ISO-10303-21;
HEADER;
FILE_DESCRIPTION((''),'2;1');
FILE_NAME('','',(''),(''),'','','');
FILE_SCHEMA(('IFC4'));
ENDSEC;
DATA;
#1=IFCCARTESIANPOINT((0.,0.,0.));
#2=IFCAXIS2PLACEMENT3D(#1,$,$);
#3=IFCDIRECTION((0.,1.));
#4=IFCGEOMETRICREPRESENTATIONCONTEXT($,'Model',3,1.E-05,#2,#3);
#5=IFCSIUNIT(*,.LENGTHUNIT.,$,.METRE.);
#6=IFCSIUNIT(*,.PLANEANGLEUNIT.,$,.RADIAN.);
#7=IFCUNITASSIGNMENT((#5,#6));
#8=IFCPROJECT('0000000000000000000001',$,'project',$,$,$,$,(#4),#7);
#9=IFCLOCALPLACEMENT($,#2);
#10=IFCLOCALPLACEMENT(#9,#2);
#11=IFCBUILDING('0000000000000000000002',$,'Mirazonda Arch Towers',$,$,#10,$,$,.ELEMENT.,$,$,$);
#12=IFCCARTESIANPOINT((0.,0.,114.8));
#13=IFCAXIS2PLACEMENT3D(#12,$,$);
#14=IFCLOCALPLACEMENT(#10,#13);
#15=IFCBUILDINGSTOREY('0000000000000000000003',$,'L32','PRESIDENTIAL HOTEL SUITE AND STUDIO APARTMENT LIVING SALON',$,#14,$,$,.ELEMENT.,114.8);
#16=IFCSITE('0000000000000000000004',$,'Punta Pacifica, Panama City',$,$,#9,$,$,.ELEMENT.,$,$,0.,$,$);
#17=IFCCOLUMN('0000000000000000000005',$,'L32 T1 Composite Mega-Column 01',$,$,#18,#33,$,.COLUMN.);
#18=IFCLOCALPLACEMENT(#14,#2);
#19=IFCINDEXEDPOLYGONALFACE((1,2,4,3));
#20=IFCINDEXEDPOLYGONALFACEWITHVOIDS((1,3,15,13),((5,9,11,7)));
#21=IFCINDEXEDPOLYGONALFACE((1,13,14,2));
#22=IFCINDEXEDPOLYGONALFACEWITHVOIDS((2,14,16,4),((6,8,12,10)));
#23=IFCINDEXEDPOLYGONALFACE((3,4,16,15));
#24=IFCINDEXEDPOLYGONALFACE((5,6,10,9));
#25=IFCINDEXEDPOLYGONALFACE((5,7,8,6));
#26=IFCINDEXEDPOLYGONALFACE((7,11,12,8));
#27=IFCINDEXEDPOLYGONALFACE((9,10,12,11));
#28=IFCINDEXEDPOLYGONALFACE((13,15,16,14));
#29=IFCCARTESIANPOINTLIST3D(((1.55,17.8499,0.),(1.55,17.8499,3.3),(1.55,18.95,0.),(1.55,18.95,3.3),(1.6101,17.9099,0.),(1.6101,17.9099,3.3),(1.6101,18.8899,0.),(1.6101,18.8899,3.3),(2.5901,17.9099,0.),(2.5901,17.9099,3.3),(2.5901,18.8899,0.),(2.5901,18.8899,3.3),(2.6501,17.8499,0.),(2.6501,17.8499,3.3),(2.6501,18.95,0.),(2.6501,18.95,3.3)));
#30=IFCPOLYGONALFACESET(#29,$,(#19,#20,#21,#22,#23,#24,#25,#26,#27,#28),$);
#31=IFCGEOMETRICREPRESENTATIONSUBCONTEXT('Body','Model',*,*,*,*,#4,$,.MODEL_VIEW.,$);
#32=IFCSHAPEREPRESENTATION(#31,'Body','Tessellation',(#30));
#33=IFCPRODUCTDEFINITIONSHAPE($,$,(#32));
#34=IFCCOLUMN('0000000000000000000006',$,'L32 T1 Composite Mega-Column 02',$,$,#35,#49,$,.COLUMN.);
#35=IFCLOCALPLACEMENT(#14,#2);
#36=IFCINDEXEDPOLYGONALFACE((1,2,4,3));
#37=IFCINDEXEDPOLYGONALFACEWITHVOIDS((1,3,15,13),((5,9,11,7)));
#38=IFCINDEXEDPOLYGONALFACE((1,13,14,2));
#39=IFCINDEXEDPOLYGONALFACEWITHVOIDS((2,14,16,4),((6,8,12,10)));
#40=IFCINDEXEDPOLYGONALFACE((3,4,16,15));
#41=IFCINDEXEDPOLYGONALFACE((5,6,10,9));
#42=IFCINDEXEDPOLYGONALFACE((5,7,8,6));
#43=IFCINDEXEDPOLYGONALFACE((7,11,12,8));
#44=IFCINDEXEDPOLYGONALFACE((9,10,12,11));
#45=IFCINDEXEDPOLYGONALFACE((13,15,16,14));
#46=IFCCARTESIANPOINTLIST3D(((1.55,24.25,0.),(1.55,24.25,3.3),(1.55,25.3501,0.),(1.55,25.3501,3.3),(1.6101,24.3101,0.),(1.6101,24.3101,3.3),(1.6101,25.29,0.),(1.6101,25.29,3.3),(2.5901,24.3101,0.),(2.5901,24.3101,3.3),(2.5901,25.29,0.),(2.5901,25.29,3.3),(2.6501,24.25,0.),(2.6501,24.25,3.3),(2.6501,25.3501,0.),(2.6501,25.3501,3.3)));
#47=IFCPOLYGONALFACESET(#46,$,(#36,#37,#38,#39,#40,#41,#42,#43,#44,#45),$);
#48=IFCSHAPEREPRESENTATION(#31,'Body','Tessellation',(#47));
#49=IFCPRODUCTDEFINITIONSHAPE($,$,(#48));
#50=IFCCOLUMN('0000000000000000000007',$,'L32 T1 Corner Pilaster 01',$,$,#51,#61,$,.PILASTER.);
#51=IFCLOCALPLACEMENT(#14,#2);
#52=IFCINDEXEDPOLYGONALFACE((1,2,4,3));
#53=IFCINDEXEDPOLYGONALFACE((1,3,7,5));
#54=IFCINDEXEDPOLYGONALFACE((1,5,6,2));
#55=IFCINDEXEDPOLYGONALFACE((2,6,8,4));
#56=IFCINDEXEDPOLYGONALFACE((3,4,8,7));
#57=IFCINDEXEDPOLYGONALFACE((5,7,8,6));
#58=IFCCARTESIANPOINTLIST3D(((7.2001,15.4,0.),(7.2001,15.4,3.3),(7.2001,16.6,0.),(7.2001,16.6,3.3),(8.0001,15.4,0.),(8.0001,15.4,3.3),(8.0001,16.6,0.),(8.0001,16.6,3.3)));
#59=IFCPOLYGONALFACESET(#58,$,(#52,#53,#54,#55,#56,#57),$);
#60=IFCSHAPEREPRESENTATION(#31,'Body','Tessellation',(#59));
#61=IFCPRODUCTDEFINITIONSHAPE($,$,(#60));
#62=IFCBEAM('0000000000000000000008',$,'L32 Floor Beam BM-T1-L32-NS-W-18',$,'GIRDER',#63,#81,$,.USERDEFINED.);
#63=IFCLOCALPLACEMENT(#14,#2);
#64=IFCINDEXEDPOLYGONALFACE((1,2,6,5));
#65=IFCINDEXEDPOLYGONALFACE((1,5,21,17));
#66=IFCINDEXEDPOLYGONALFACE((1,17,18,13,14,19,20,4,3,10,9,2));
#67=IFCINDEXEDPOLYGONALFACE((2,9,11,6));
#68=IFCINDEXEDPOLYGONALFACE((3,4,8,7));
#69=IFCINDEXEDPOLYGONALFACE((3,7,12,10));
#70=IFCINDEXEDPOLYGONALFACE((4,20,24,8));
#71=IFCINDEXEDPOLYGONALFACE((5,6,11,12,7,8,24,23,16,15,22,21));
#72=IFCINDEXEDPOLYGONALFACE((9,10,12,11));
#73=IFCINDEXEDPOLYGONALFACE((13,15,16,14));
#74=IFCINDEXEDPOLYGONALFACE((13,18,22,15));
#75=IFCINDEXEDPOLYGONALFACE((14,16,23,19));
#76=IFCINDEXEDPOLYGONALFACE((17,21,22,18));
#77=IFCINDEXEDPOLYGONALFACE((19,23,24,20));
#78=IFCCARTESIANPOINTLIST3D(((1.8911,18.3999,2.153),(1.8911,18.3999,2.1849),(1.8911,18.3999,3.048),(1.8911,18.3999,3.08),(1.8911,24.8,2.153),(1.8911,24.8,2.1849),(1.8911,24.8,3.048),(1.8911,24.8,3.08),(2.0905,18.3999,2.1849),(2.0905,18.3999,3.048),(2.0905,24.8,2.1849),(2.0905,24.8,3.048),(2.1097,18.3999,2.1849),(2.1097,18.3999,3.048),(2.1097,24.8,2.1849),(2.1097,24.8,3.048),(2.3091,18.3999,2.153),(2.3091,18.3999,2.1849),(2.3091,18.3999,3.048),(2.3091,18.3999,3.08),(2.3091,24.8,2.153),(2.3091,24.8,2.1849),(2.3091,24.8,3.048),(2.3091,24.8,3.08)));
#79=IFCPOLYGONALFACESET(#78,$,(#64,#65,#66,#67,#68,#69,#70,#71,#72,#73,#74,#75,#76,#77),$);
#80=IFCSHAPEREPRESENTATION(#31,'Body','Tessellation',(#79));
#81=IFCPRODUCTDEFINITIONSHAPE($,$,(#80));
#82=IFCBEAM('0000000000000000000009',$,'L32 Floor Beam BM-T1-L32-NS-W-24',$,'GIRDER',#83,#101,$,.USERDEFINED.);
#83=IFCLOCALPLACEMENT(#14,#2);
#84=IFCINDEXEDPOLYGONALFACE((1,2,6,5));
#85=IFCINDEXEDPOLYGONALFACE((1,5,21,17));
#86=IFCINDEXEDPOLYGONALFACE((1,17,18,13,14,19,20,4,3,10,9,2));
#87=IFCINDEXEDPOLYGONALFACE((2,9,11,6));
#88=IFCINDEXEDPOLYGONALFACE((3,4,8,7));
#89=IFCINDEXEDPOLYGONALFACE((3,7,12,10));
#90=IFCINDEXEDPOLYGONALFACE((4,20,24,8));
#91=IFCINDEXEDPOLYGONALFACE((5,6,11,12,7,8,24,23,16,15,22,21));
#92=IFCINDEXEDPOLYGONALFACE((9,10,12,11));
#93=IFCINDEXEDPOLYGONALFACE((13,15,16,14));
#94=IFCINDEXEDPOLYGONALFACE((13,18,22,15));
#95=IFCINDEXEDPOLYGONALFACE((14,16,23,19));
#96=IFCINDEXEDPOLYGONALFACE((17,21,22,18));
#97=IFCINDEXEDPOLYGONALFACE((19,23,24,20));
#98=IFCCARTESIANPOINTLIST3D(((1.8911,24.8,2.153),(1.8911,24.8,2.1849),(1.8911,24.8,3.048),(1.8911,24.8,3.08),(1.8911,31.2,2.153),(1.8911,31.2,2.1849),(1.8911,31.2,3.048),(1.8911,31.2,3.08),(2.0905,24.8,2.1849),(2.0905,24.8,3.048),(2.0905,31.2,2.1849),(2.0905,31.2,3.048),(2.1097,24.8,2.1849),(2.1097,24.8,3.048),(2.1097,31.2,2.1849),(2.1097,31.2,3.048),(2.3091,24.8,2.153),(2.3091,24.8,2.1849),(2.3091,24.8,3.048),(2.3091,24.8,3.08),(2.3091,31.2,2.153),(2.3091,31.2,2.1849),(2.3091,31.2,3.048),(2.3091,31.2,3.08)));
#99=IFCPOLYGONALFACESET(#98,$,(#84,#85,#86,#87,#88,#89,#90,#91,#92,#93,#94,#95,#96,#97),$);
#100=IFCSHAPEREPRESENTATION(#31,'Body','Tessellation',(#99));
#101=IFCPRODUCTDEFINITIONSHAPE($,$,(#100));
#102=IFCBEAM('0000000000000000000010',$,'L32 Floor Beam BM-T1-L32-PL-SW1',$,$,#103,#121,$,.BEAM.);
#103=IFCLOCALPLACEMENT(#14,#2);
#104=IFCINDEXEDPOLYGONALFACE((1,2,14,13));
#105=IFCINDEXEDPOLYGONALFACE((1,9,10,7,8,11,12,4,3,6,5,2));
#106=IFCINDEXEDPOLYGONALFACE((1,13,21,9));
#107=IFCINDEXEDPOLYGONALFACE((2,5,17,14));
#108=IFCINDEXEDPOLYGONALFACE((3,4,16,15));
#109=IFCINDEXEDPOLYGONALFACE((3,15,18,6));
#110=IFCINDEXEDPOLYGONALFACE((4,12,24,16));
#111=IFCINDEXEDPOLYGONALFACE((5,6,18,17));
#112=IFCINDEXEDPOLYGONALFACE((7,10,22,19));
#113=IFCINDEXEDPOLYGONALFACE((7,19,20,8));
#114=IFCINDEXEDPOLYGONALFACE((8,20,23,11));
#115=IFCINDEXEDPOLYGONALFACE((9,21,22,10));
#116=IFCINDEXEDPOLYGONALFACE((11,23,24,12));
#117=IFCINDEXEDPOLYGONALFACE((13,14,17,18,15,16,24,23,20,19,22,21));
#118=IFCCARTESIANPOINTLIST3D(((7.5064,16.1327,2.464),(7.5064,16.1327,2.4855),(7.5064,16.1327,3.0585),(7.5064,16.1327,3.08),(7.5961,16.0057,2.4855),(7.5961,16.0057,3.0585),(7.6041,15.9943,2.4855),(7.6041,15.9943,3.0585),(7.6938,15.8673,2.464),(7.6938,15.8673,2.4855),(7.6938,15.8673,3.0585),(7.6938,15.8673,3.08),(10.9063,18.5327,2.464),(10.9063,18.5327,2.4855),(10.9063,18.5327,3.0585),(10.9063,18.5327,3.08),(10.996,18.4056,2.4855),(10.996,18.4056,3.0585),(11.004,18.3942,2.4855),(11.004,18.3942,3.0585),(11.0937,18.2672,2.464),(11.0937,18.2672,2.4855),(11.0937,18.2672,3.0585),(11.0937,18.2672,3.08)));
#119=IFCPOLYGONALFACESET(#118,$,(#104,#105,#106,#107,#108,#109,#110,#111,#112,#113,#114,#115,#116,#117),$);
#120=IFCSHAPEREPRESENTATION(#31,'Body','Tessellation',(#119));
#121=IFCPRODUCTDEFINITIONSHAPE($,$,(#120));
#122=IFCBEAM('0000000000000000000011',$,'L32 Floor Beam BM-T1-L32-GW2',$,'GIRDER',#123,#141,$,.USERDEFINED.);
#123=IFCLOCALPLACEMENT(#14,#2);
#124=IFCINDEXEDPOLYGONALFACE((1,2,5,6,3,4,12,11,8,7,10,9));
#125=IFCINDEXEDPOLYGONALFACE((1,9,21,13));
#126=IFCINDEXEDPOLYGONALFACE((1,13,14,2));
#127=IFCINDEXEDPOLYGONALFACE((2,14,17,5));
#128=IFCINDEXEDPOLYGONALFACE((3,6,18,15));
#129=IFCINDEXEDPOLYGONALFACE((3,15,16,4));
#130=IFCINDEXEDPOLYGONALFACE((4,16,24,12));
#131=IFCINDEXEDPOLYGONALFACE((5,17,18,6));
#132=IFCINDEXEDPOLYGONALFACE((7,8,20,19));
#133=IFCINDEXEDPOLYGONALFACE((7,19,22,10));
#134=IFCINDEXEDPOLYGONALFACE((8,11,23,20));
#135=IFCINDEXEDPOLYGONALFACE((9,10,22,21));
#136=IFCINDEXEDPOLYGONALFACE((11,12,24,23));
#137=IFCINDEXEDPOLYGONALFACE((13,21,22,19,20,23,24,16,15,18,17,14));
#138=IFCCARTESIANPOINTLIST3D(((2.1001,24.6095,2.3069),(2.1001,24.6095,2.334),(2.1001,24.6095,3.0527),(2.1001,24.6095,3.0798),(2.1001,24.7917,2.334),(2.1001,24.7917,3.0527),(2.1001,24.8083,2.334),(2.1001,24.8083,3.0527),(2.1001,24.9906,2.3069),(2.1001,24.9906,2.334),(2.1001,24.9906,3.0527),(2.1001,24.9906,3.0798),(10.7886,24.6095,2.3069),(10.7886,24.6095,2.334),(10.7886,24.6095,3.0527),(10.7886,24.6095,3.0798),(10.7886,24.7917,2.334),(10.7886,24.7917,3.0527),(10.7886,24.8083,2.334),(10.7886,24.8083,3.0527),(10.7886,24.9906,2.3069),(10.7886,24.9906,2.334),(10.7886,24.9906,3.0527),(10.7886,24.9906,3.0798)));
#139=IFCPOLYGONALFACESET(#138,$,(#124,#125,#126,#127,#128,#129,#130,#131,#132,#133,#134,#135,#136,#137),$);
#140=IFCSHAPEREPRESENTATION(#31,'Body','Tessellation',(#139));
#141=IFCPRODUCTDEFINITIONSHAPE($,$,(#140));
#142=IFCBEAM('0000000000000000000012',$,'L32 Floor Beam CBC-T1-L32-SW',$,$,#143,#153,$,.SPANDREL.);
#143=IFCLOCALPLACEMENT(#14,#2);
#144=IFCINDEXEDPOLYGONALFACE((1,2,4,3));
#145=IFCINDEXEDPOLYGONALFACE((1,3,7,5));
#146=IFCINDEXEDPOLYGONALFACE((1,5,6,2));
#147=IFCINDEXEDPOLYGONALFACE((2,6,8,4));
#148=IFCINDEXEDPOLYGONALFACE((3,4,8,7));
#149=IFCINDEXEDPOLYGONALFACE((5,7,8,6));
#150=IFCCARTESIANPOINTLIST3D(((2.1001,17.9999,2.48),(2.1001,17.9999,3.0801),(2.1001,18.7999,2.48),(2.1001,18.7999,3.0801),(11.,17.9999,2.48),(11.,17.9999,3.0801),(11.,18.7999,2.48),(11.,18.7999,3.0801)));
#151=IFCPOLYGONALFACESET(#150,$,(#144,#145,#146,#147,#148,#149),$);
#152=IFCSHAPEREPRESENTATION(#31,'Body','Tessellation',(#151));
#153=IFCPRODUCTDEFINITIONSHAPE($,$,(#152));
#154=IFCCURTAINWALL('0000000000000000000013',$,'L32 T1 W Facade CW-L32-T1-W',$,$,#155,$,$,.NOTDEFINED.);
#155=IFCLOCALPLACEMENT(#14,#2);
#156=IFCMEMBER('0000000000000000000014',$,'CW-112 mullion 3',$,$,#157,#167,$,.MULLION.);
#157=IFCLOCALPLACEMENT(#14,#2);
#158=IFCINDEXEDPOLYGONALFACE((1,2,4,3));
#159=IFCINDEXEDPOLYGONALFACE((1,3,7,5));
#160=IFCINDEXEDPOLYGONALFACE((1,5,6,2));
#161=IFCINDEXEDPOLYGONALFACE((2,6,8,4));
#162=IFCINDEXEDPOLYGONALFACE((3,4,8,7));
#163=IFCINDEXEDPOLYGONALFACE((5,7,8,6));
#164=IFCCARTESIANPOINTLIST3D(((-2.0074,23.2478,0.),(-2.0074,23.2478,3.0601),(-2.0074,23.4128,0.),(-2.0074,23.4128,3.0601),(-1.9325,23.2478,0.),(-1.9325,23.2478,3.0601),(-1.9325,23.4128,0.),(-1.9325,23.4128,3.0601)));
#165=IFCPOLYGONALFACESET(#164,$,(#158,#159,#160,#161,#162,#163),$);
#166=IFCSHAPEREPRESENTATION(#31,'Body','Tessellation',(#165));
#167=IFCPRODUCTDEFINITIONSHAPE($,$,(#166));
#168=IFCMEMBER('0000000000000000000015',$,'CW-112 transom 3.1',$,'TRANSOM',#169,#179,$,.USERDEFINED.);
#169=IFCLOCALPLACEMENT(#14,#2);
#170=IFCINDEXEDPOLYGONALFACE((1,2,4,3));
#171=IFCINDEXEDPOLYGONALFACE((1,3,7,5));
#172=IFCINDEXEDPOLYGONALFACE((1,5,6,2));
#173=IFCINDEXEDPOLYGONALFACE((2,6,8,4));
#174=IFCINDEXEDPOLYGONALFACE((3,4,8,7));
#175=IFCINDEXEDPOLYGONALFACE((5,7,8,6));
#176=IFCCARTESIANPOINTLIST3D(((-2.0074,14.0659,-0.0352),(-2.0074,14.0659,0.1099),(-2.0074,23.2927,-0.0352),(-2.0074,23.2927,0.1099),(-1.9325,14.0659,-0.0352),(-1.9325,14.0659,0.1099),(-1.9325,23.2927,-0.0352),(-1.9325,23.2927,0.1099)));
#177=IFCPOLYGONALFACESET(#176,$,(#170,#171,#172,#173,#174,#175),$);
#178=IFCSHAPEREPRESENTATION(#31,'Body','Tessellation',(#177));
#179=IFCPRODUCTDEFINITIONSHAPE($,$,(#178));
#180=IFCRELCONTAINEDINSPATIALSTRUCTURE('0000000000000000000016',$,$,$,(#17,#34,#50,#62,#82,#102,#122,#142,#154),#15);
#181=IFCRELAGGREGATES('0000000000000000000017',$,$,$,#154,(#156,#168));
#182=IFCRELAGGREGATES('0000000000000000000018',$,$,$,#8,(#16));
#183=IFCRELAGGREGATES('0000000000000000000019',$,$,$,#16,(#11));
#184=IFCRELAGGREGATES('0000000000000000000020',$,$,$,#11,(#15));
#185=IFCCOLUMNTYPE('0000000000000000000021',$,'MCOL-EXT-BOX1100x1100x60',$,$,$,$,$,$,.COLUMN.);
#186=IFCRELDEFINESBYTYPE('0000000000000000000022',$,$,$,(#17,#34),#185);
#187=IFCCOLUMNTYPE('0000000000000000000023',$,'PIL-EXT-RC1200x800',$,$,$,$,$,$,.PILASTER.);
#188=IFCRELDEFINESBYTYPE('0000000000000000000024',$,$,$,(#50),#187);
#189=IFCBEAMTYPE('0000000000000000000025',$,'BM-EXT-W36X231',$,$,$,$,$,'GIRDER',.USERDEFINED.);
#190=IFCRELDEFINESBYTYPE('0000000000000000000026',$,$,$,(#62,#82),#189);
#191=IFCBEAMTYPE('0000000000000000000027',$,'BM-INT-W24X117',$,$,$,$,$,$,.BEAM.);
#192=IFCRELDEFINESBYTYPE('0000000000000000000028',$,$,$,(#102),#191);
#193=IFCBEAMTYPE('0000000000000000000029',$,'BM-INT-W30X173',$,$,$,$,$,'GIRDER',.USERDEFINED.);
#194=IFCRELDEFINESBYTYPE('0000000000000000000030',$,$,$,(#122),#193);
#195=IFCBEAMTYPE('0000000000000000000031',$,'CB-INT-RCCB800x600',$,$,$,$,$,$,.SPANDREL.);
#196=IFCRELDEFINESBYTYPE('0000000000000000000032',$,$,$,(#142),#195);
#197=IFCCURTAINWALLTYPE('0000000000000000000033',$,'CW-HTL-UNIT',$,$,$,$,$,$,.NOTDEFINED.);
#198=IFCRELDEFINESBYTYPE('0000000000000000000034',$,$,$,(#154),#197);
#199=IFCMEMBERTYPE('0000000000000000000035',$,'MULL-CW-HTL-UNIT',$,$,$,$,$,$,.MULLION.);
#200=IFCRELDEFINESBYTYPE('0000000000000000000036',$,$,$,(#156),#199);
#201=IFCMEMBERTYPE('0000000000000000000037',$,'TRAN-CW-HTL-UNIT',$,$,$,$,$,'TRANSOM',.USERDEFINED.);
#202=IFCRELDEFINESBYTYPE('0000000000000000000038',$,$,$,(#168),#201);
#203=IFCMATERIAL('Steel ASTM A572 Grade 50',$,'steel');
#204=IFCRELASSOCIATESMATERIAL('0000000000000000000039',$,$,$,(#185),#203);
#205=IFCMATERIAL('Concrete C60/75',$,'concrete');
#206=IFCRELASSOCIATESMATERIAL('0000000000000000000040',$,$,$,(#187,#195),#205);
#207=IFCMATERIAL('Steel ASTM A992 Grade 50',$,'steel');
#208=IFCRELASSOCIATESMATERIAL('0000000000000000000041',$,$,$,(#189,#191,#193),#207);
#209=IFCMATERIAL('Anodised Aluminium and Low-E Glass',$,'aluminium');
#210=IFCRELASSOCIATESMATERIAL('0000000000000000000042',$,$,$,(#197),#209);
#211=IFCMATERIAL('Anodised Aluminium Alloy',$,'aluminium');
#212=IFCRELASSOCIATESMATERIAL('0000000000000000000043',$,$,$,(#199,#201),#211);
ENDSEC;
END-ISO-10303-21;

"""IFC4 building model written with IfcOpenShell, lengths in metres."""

from ifc_helpers import new_model, si_unit, direction, frame, origin, origin_2d, place, context, subcontext, project, spatial, rectangle, hollow_rectangle, i_section, extrude, material, material_profile, profile_set, type_object, element, aggregate, save


model = new_model("IFC4")

# Units and contexts
model_context = context("Model", 3, precision=1e-05, world=origin(), true_north=direction((0.0, 1.0)))
body_context = subcontext(model_context, "Body", "Model", "MODEL_VIEW")
ifc_project = project(units=[si_unit("LENGTHUNIT", "METRE"), si_unit("PLANEANGLEUNIT", "RADIAN")], contexts=[model_context])

# Site, building, storey
site_placement = place(None, origin())
site = spatial("IfcSite", under=ifc_project, at=site_placement, Name="Punta Pacifica, Panama City", CompositionType="ELEMENT", RefElevation=0.0)
building_placement = place(site_placement, origin())
building = spatial("IfcBuilding", under=site, at=building_placement, Name="Mirazonda Arch Towers", CompositionType="ELEMENT")
storey_placement = place(building_placement, frame((0.0, 0.0, 114.8)))
storey = spatial("IfcBuildingStorey", under=building, at=storey_placement, Name="L32", Description="PRESIDENTIAL HOTEL SUITE AND STUDIO APARTMENT LIVING SALON", CompositionType="ELEMENT", Elevation=114.8)

# Columns
ifc_material_1 = material(Name="Steel ASTM A572 Grade 50", Category="steel")
ifc_material_profile_1 = material_profile(ifc_material_1, hollow_rectangle(XDim=1.1001, YDim=1.1001, WallThickness=0.0601, at=origin_2d()), Name="BOX1100x1100x60")
ifc_profile_set_1 = profile_set([ifc_material_profile_1], Name="Steel ASTM A572 Grade 50")
column_type_1 = type_object("IfcColumnType", Name="MCOL-EXT-BOX1100x1100x60", PredefinedType="COLUMN", material=ifc_profile_set_1)
for number, where, z_axis, x_axis, name in (
    (1, (2.1001, 18.3999, 0.0), (0.0, 0.0, 1.0), (1.0, 0.0, 0.0), "L32 T1 Composite Mega-Column 01"),
    (2, (2.1001, 24.8, 0.0), (0.0, 0.0, 1.0), (1.0, 0.0, 0.0), "L32 T1 Composite Mega-Column 02"),
):
    element("IfcColumn", number, at=place(storey_placement, frame(where, z_axis=z_axis, x_axis=x_axis)), inside=storey, type_object=column_type_1, Name=name, PredefinedType="COLUMN", context=body_context, shape_type="SweptSolid", body=[
        extrude(hollow_rectangle(XDim=1.1001, YDim=1.1001, WallThickness=0.0601, at=origin_2d()), origin(), (0.0, 0.0, 1.0), 3.3),
    ])
ifc_material_2 = material(Name="Concrete C60/75", Category="concrete")
ifc_material_profile_2 = material_profile(ifc_material_2, rectangle(XDim=0.8, YDim=1.2, at=origin_2d()), Name="RC1200x800")
ifc_profile_set_2 = profile_set([ifc_material_profile_2], Name="Concrete C60/75")
column_type_2 = type_object("IfcColumnType", Name="PIL-EXT-RC1200x800", PredefinedType="PILASTER", material=ifc_profile_set_2)
column_placement = place(storey_placement, frame((7.6001, 16.0, 0.0), z_axis=(0.0, 0.0, 1.0), x_axis=(1.0, 0.0, 0.0)))
element("IfcColumn", 3, at=column_placement, inside=storey, type_object=column_type_2, Name="L32 T1 Corner Pilaster 01", PredefinedType="PILASTER", context=body_context, shape_type="SweptSolid", body=[
    extrude(rectangle(XDim=0.8, YDim=1.2, at=origin_2d()), origin(), (0.0, 0.0, 1.0), 3.3),
])

# Beams
ifc_material_3 = material(Name="Steel ASTM A992 Grade 50", Category="steel")
ifc_material_profile_3 = material_profile(ifc_material_3, i_section(OverallWidth=0.418, OverallDepth=0.927, WebThickness=0.0193, FlangeThickness=0.032, at=origin_2d()), Name="W36X231")
ifc_profile_set_3 = profile_set([ifc_material_profile_3], Name="Steel ASTM A992 Grade 50")
beam_type_1 = type_object("IfcBeamType", Name="BM-EXT-W36X231", ElementType="GIRDER", PredefinedType="USERDEFINED", material=ifc_profile_set_3)
beam_1_placement = place(storey_placement, frame((2.1001, 18.3999, 2.6165), z_axis=(0.0, 1.0, 0.0), x_axis=(-1.0, 0.0, 0.0)))
element("IfcBeam", 4, at=beam_1_placement, inside=storey, type_object=beam_type_1, Name="L32 Floor Beam BM-T1-L32-NS-W-18", ObjectType="GIRDER", PredefinedType="USERDEFINED", context=body_context, shape_type="SweptSolid", body=[
    extrude(i_section(OverallWidth=0.418, OverallDepth=0.927, WebThickness=0.0193, FlangeThickness=0.032, at=origin_2d()), origin(), (0.0, 0.0, 1.0), 6.4001),
])
beam_2_placement = place(storey_placement, frame((2.1001, 24.8, 2.6165), z_axis=(0.0, 1.0, 0.0), x_axis=(-1.0, 0.0, 0.0)))
element("IfcBeam", 5, at=beam_2_placement, inside=storey, type_object=beam_type_1, Name="L32 Floor Beam BM-T1-L32-NS-W-24", ObjectType="GIRDER", PredefinedType="USERDEFINED", context=body_context, shape_type="SweptSolid", body=[
    extrude(i_section(OverallWidth=0.418, OverallDepth=0.927, WebThickness=0.0193, FlangeThickness=0.032, at=origin_2d()), origin(), (0.0, 0.0, 1.0), 6.3999),
])
ifc_material_profile_4 = material_profile(ifc_material_3, i_section(OverallWidth=0.325, OverallDepth=0.616, WebThickness=0.0139, FlangeThickness=0.0215, at=origin_2d()), Name="W24X117")
ifc_profile_set_4 = profile_set([ifc_material_profile_4], Name="Steel ASTM A992 Grade 50")
beam_type_2 = type_object("IfcBeamType", Name="BM-INT-W24X117", PredefinedType="BEAM", material=ifc_profile_set_4)
beam_3_placement = place(storey_placement, frame((7.6001, 16.0, 2.772), z_axis=(0.816971, 0.576679, 0.0), x_axis=(-0.576679, 0.816971, 0.0)))
element("IfcBeam", 6, at=beam_3_placement, inside=storey, type_object=beam_type_2, Name="L32 Floor Beam BM-T1-L32-PL-SW1", PredefinedType="BEAM", context=body_context, shape_type="SweptSolid", body=[
    extrude(i_section(OverallWidth=0.325, OverallDepth=0.616, WebThickness=0.0139, FlangeThickness=0.0215, at=origin_2d()), origin(), (0.0, 0.0, 1.0), 4.1616),
])
ifc_material_profile_5 = material_profile(ifc_material_3, i_section(OverallWidth=0.3811, OverallDepth=0.7729, WebThickness=0.0166, FlangeThickness=0.0271, at=origin_2d()), Name="W30X173")
ifc_profile_set_5 = profile_set([ifc_material_profile_5], Name="Steel ASTM A992 Grade 50")
beam_type_3 = type_object("IfcBeamType", Name="BM-INT-W30X173", ElementType="GIRDER", PredefinedType="USERDEFINED", material=ifc_profile_set_5)
beam_4_placement = place(storey_placement, frame((2.1001, 24.8, 2.6934), z_axis=(1.0, 0.0, 0.0), x_axis=(0.0, 1.0, 0.0)))
element("IfcBeam", 7, at=beam_4_placement, inside=storey, type_object=beam_type_3, Name="L32 Floor Beam BM-T1-L32-GW2", ObjectType="GIRDER", PredefinedType="USERDEFINED", context=body_context, shape_type="SweptSolid", body=[
    extrude(i_section(OverallWidth=0.3811, OverallDepth=0.7729, WebThickness=0.0166, FlangeThickness=0.0271, at=origin_2d()), origin(), (0.0, 0.0, 1.0), 8.6885),
])
ifc_material_profile_6 = material_profile(ifc_material_2, rectangle(XDim=0.8, YDim=0.6001, at=origin_2d()), Name="RCCB800x600")
ifc_profile_set_6 = profile_set([ifc_material_profile_6], Name="Concrete C60/75")
beam_type_4 = type_object("IfcBeamType", Name="CB-INT-RCCB800x600", PredefinedType="SPANDREL", material=ifc_profile_set_6)
beam_5_placement = place(storey_placement, frame((2.1001, 18.3999, 2.78), z_axis=(1.0, 0.0, 0.0), x_axis=(0.0, 1.0, 0.0)))
element("IfcBeam", 8, at=beam_5_placement, inside=storey, type_object=beam_type_4, Name="L32 Floor Beam CBC-T1-L32-SW", PredefinedType="SPANDREL", context=body_context, shape_type="SweptSolid", body=[
    extrude(rectangle(XDim=0.8, YDim=0.6001, at=origin_2d()), origin(), (0.0, 0.0, 1.0), 8.8999),
])

# Curtain wall, members
ifc_material_4 = material(Name="Anodised Aluminium and Low-E Glass", Category="aluminium")
curtain_wall_type = type_object("IfcCurtainWallType", Name="CW-HTL-UNIT", PredefinedType="NOTDEFINED", material=ifc_material_4)
curtain_wall_placement = place(storey_placement, origin())
curtain_wall = element("IfcCurtainWall", 9, at=curtain_wall_placement, inside=storey, type_object=curtain_wall_type, Name="L32 T1 W Facade CW-L32-T1-W", PredefinedType="NOTDEFINED")
ifc_material_5 = material(Name="Anodised Aluminium Alloy", Category="aluminium")
ifc_material_profile_7 = material_profile(ifc_material_5, rectangle(XDim=0.075, YDim=0.165, at=origin_2d()), Name="ALU-MULL-75x165")
ifc_profile_set_7 = profile_set([ifc_material_profile_7], Name="Anodised Aluminium Alloy")
member_type_1 = type_object("IfcMemberType", Name="MULL-CW-HTL-UNIT", PredefinedType="MULLION", material=ifc_profile_set_7)
member_1_placement = place(storey_placement, frame((-1.97, 23.3303, 0.0), z_axis=(0.0, 0.0, 1.0), x_axis=(1.0, 0.0, 0.0)))
member_1 = element("IfcMember", 10, at=member_1_placement, type_object=member_type_1, Name="CW-112 mullion 3", PredefinedType="MULLION", context=body_context, shape_type="SweptSolid", body=[
    extrude(rectangle(XDim=0.075, YDim=0.165, at=origin_2d()), origin(), (0.0, 0.0, 1.0), 3.0601),
])
ifc_material_profile_8 = material_profile(ifc_material_5, rectangle(XDim=0.075, YDim=0.145, at=origin_2d()), Name="ALU-TRAN-75x145")
ifc_profile_set_8 = profile_set([ifc_material_profile_8], Name="Anodised Aluminium Alloy")
member_type_2 = type_object("IfcMemberType", Name="TRAN-CW-HTL-UNIT", ElementType="TRANSOM", PredefinedType="USERDEFINED", material=ifc_profile_set_8)
member_2_placement = place(storey_placement, frame((-1.97, 23.2927, 0.0374), z_axis=(0.0, -1.0, 0.0), x_axis=(1.0, 0.0, 0.0)))
member_2 = element("IfcMember", 11, at=member_2_placement, type_object=member_type_2, Name="CW-112 transom 3.1", ObjectType="TRANSOM", PredefinedType="USERDEFINED", context=body_context, shape_type="SweptSolid", body=[
    extrude(rectangle(XDim=0.075, YDim=0.145, at=origin_2d()), origin(), (0.0, 0.0, 1.0), 9.2268),
])
aggregate(curtain_wall, [member_1, member_2])

save(model, "model.ifc")
